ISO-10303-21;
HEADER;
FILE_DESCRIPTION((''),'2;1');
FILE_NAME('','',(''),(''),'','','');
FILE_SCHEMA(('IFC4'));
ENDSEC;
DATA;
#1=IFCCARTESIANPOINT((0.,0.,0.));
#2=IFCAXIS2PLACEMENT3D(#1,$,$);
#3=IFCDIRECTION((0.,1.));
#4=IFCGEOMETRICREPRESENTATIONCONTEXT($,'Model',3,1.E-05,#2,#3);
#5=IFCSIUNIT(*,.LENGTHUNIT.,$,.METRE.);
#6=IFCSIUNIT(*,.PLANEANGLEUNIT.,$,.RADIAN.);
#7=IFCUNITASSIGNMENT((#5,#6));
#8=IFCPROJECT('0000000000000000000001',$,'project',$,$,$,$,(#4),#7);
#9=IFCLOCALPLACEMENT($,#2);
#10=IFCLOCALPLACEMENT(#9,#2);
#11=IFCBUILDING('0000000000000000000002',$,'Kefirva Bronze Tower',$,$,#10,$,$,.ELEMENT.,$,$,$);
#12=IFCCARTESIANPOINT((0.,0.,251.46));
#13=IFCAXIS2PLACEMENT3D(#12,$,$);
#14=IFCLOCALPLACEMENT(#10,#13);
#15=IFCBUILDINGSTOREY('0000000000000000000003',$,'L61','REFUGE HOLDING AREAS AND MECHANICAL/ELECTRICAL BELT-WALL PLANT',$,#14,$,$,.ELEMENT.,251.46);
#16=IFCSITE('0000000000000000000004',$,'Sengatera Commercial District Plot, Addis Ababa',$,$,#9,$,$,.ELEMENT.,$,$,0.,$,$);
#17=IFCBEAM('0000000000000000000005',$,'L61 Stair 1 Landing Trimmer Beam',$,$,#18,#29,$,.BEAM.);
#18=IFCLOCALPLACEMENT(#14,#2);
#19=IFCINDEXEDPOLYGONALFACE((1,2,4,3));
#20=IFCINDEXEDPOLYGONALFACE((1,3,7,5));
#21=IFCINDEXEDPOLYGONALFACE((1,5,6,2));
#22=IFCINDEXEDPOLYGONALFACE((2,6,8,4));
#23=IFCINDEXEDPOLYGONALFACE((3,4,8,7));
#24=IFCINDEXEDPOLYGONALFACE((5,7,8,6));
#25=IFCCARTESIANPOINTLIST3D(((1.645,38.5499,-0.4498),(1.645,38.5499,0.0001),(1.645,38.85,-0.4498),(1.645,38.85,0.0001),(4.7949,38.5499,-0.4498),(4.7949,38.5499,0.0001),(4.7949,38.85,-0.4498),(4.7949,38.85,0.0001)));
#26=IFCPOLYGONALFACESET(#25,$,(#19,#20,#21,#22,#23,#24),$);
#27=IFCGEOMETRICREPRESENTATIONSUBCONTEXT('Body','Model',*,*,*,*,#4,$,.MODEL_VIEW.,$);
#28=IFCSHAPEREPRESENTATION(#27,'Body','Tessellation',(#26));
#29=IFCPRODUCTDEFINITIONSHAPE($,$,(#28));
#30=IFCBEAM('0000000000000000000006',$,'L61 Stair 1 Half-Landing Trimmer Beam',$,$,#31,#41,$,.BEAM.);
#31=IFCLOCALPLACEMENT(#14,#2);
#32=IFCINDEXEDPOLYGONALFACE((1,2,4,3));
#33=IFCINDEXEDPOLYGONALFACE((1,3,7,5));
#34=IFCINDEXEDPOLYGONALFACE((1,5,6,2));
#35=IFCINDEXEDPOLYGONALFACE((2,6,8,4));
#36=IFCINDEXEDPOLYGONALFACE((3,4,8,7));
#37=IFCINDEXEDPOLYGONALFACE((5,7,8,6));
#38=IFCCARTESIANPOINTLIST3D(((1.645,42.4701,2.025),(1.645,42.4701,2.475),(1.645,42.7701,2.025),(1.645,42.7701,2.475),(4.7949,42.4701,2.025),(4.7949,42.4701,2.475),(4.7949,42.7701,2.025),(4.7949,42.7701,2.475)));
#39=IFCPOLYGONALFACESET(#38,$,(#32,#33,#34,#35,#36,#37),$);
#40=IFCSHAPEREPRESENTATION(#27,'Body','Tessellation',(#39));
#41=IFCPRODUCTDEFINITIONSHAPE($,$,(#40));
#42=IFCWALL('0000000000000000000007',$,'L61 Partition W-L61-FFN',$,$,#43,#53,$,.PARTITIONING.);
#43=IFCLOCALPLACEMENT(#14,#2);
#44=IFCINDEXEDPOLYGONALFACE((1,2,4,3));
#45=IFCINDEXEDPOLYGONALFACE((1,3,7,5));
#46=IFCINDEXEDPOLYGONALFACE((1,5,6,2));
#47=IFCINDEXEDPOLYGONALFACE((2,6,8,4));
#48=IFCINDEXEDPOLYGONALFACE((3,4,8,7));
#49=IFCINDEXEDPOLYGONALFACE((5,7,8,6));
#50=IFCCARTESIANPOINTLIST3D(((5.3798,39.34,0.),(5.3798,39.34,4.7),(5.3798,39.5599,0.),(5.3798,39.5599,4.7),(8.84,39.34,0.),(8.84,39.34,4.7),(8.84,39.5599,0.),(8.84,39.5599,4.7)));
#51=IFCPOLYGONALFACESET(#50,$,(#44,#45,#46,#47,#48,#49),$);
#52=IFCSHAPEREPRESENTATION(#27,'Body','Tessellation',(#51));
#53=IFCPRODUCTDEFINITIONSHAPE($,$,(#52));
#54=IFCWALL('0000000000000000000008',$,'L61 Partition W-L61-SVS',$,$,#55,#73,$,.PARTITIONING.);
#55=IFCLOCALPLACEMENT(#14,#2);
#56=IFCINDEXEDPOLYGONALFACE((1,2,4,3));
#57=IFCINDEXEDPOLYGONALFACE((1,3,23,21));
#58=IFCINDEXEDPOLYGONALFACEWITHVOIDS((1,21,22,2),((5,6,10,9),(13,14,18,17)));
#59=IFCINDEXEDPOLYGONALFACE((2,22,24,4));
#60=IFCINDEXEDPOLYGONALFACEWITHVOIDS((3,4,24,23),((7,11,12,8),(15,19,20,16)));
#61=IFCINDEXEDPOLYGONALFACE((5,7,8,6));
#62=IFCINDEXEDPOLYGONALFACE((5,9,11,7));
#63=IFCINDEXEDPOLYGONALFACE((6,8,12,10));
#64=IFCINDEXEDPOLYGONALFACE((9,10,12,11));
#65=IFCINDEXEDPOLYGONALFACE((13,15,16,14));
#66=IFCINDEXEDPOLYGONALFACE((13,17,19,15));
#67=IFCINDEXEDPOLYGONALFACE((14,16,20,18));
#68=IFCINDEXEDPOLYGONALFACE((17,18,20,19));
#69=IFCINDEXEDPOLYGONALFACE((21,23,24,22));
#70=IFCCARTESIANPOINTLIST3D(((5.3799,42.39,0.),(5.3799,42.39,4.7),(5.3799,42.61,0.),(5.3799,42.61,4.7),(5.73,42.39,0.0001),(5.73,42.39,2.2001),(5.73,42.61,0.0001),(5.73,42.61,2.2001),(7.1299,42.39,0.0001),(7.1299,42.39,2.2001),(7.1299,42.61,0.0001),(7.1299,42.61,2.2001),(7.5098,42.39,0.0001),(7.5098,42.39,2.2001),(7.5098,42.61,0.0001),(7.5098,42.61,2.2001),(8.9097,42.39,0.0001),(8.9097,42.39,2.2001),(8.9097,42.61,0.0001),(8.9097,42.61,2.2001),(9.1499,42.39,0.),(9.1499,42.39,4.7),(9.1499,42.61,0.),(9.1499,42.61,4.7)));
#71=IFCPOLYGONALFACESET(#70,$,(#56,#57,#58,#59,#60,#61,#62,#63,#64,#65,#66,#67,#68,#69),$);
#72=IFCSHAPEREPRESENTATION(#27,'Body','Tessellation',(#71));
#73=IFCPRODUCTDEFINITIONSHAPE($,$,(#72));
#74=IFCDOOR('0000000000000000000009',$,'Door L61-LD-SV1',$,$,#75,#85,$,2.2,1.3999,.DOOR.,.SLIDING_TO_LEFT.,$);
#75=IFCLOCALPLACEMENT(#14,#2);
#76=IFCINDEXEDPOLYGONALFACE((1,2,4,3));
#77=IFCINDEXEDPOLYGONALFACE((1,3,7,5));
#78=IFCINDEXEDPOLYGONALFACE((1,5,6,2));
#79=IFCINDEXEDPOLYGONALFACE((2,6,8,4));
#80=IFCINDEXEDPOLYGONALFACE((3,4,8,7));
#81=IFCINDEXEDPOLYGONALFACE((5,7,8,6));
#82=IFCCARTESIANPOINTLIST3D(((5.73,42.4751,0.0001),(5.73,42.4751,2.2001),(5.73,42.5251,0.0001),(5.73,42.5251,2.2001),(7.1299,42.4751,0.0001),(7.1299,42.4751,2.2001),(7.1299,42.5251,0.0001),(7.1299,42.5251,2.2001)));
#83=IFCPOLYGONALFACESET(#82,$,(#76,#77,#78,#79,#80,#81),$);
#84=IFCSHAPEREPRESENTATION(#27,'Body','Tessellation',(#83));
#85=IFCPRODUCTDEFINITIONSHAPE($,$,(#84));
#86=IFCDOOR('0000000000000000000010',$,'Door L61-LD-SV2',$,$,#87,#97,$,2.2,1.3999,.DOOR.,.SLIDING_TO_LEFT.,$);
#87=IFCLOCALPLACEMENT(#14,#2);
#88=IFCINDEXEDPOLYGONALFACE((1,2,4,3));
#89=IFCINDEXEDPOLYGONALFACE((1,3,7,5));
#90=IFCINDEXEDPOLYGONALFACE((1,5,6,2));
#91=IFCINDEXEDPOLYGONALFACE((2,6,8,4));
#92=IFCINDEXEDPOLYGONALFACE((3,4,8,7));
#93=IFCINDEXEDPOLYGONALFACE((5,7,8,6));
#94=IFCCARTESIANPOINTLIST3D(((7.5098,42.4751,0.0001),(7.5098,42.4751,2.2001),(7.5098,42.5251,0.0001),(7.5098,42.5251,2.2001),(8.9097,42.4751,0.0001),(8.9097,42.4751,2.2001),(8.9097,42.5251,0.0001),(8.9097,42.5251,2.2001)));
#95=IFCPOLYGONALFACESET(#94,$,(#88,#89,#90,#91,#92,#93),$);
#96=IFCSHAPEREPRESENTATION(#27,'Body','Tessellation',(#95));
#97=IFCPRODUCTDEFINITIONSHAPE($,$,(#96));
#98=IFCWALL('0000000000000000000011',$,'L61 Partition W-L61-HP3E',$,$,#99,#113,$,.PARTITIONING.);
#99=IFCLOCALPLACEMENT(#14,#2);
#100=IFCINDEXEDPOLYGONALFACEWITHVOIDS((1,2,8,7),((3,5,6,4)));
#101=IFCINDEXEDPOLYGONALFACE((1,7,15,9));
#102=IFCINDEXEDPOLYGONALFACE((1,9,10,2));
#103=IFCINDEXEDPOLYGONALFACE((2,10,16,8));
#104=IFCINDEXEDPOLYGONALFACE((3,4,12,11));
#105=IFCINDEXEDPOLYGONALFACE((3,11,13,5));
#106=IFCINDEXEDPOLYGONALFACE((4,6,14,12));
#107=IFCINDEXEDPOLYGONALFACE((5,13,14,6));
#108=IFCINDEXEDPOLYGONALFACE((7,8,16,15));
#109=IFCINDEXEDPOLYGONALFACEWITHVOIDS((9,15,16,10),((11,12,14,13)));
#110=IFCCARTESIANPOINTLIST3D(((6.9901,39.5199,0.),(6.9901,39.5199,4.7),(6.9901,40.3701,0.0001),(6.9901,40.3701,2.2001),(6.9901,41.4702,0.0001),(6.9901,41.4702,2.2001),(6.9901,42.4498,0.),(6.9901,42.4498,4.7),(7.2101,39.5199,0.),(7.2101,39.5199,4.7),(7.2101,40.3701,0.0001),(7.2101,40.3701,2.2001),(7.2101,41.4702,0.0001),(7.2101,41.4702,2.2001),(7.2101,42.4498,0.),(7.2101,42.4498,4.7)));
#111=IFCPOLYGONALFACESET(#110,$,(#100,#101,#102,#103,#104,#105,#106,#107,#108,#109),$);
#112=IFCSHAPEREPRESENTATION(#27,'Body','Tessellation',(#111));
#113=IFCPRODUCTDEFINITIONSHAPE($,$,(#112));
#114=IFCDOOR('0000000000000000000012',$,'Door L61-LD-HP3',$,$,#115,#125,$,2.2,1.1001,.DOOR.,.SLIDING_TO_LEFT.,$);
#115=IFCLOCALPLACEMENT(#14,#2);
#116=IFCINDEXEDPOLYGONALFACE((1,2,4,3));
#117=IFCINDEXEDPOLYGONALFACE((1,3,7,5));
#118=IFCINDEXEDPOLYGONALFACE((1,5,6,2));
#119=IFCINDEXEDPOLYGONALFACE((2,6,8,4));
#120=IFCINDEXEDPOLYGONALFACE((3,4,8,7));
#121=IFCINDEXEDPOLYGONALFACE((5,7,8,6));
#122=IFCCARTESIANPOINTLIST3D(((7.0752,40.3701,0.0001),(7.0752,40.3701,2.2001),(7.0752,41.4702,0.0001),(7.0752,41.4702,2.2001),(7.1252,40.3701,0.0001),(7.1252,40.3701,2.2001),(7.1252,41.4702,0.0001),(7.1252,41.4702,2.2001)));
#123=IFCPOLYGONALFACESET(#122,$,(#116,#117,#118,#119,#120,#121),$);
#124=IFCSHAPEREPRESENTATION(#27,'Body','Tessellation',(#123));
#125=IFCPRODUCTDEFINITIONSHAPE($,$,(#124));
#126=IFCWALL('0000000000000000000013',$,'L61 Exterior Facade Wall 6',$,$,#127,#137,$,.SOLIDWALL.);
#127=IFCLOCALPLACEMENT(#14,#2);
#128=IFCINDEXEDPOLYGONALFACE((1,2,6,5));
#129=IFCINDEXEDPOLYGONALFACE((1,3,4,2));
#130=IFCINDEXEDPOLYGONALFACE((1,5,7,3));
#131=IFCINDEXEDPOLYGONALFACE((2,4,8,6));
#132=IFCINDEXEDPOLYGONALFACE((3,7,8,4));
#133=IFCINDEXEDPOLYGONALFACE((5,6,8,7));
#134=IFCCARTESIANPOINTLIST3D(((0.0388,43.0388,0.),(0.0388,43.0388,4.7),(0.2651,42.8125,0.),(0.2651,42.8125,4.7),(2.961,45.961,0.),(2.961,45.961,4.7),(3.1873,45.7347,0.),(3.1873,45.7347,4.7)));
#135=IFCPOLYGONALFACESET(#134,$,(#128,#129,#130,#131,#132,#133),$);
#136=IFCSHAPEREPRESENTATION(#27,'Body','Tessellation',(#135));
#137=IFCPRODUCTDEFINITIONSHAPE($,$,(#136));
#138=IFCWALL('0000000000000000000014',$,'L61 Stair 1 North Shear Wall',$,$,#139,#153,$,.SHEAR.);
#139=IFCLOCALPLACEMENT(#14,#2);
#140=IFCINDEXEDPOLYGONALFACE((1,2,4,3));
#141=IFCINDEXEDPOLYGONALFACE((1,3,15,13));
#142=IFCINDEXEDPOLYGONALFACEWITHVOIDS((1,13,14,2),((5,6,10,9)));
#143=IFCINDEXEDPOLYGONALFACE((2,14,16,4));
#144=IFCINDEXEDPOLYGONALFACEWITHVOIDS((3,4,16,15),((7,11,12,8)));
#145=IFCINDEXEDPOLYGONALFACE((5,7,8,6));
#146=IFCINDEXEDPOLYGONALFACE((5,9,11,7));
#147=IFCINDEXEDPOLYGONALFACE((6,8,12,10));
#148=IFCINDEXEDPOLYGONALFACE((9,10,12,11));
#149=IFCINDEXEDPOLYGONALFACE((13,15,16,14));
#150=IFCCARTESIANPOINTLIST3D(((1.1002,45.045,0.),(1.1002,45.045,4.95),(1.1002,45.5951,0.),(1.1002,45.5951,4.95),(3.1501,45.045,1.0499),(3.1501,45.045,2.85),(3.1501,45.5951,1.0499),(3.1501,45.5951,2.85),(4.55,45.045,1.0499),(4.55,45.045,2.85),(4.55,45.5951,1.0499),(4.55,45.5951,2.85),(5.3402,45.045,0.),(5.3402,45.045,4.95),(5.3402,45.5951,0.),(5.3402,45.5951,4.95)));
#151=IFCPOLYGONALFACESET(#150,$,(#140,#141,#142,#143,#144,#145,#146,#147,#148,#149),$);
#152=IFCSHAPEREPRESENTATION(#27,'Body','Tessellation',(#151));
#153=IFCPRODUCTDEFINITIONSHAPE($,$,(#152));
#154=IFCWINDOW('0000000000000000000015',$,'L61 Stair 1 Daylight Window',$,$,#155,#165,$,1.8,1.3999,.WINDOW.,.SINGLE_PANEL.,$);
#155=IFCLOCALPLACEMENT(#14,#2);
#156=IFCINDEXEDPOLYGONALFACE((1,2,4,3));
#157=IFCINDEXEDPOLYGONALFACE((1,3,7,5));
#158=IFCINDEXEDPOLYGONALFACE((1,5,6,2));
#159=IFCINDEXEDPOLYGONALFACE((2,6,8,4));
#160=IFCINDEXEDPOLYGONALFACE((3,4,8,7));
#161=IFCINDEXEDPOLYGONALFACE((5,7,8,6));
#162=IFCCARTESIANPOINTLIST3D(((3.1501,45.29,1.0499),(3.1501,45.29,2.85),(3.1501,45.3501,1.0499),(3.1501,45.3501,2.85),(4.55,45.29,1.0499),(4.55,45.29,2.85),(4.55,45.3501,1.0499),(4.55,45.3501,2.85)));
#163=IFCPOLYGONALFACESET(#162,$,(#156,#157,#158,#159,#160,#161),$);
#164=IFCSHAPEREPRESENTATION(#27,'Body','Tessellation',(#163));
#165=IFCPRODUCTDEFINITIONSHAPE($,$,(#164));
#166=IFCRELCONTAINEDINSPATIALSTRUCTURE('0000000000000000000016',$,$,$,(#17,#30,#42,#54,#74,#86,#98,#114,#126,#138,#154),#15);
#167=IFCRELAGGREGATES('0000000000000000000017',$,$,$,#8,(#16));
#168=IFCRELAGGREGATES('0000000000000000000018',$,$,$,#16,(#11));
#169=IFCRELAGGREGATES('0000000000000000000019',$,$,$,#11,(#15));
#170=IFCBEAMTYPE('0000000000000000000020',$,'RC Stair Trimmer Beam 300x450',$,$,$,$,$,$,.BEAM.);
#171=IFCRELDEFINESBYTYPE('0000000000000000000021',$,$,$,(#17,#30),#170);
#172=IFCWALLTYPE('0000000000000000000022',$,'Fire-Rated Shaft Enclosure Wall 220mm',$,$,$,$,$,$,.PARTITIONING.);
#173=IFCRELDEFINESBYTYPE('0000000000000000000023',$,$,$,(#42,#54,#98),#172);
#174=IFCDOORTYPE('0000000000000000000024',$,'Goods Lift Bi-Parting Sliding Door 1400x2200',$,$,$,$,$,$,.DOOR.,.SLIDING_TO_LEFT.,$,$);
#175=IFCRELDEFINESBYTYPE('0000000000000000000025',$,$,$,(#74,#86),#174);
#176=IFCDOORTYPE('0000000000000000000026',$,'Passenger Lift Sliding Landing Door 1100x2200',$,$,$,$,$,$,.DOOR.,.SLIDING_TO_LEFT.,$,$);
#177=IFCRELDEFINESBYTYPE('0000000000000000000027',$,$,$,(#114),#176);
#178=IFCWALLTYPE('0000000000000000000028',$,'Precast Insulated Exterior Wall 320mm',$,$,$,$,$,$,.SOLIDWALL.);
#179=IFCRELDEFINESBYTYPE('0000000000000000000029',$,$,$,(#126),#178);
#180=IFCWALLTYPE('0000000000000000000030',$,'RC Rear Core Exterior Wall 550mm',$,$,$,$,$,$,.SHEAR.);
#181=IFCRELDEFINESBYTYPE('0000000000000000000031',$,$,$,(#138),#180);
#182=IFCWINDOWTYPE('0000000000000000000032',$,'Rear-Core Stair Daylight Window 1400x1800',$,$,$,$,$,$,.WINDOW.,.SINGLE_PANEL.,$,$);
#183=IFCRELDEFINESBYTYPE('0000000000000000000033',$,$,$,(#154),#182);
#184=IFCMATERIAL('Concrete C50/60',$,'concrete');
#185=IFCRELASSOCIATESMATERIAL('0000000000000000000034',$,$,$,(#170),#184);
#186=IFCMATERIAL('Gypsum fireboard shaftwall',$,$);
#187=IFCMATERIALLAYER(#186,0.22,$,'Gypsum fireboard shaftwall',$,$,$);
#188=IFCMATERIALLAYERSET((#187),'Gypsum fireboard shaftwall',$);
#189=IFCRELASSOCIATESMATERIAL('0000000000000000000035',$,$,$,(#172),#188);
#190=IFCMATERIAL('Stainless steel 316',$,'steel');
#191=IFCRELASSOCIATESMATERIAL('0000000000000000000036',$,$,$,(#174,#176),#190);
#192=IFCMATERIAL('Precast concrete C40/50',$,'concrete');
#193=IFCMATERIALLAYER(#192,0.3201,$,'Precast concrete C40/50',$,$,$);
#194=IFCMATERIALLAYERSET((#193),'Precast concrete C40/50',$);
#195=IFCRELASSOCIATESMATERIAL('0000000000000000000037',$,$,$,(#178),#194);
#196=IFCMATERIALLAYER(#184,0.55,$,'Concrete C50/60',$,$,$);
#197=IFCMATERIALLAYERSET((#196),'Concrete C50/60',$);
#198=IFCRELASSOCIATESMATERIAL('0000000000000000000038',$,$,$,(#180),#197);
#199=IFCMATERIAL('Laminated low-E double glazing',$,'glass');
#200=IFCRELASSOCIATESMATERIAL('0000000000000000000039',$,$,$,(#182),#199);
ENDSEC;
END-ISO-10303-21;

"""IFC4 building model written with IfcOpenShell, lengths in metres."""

from ifc_helpers import new_model, si_unit, direction, frame, frame_2d, origin, origin_2d, place, context, subcontext, project, spatial, rectangle, extrude, material, layer, layer_set, material_profile, profile_set, type_object, element, fill, save


model = new_model("IFC4")

# Units and contexts
model_context = context("Model", 3, precision=1e-05, world=origin(), true_north=direction((0.0, 1.0)))
body_context = subcontext(model_context, "Body", "Model", "MODEL_VIEW")
ifc_project = project(units=[si_unit("LENGTHUNIT", "METRE"), si_unit("PLANEANGLEUNIT", "RADIAN")], contexts=[model_context])

# Site, building, storey
site_placement = place(None, origin())
site = spatial("IfcSite", under=ifc_project, at=site_placement, Name="Sengatera Commercial District Plot, Addis Ababa", CompositionType="ELEMENT", RefElevation=0.0)
building_placement = place(site_placement, origin())
building = spatial("IfcBuilding", under=site, at=building_placement, Name="Kefirva Bronze Tower", CompositionType="ELEMENT")
storey_placement = place(building_placement, frame((0.0, 0.0, 251.46)))
storey = spatial("IfcBuildingStorey", under=building, at=storey_placement, Name="L61", Description="REFUGE HOLDING AREAS AND MECHANICAL/ELECTRICAL BELT-WALL PLANT", CompositionType="ELEMENT", Elevation=251.46)

# Beams
ifc_material_1 = material(Name="Concrete C50/60", Category="concrete")
ifc_material_profile = material_profile(ifc_material_1, rectangle(XDim=0.3, YDim=0.45, at=origin_2d()), Name="RC 300x450")
ifc_profile_set = profile_set([ifc_material_profile], Name="Concrete C50/60")
beam_type = type_object("IfcBeamType", Name="RC Stair Trimmer Beam 300x450", PredefinedType="BEAM", material=ifc_profile_set)
for number, where, z_axis, x_axis, name in (
    (1, (1.645, 38.7, -0.2249), (1.0, 0.0, 0.0), (0.0, 1.0, 0.0), "L61 Stair 1 Landing Trimmer Beam"),
    (2, (1.645, 42.6201, 2.25), (1.0, 0.0, 0.0), (0.0, 1.0, 0.0), "L61 Stair 1 Half-Landing Trimmer Beam"),
):
    element("IfcBeam", number, at=place(storey_placement, frame(where, z_axis=z_axis, x_axis=x_axis)), inside=storey, type_object=beam_type, Name=name, PredefinedType="BEAM", context=body_context, shape_type="SweptSolid", body=[
        extrude(rectangle(XDim=0.3, YDim=0.45, at=origin_2d()), origin(), (0.0, 0.0, 1.0), 3.1499),
    ])

# Wall
ifc_material_2 = material(Name="Gypsum fireboard shaftwall")
ifc_layer_1 = layer(ifc_material_2, 0.22, Name="Gypsum fireboard shaftwall")
ifc_layer_set_1 = layer_set([ifc_layer_1], Name="Gypsum fireboard shaftwall")
wall_type_1 = type_object("IfcWallType", Name="Fire-Rated Shaft Enclosure Wall 220mm", PredefinedType="PARTITIONING", material=ifc_layer_set_1)
wall_1_placement = place(storey_placement, frame((5.3799, 39.45, 0.0), z_axis=(0.0, 0.0, 1.0), x_axis=(1.0, 0.0, 0.0)))
element("IfcWall", 3, at=wall_1_placement, inside=storey, type_object=wall_type_1, Name="L61 Partition W-L61-FFN", PredefinedType="PARTITIONING", context=body_context, shape_type="SweptSolid", body=[
    extrude(rectangle(XDim=3.4602, YDim=0.22, at=frame_2d((1.73, 0.0))), origin(), (0.0, 0.0, 1.0), 4.7),
])

# Wall, openings, doors
wall_2_placement = place(storey_placement, frame((5.3799, 42.5, 0.0), z_axis=(0.0, 0.0, 1.0), x_axis=(1.0, 0.0, 0.0)))
wall_2 = element("IfcWall", 4, at=wall_2_placement, inside=storey, type_object=wall_type_1, Name="L61 Partition W-L61-SVS", PredefinedType="PARTITIONING", context=body_context, shape_type="SweptSolid", body=[
    extrude(rectangle(XDim=3.77, YDim=0.22, at=frame_2d((1.885, 0.0))), origin(), (0.0, 0.0, 1.0), 4.7),
])
opening_1_placement = place(wall_2_placement, frame((1.75, 0.0, 0.0), z_axis=(0.0, 0.0, 1.0), x_axis=(-1.0, 0.0, 0.0)))
opening_1 = element("IfcOpeningElement", 5, at=opening_1_placement, cuts=wall_2, PredefinedType="OPENING", context=body_context, shape_type="SweptSolid", body=[
    extrude(rectangle(XDim=1.3999, YDim=2.2, at=frame_2d((0.7, 1.1001))), frame((0.0, 0.1201, 0.0), z_axis=(0.0, -1.0, 0.0), x_axis=(1.0, 0.0, 0.0)), (0.0, 0.0, 1.0), 0.24),
])
opening_2_placement = place(wall_2_placement, frame((3.5298, 0.0, 0.0), z_axis=(0.0, 0.0, 1.0), x_axis=(-1.0, 0.0, 0.0)))
opening_2 = element("IfcOpeningElement", 6, at=opening_2_placement, cuts=wall_2, PredefinedType="OPENING", context=body_context, shape_type="SweptSolid", body=[
    extrude(rectangle(XDim=1.3999, YDim=2.2, at=frame_2d((0.7, 1.1001))), frame((0.0, 0.1201, 0.0), z_axis=(0.0, -1.0, 0.0), x_axis=(1.0, 0.0, 0.0)), (0.0, 0.0, 1.0), 0.24),
])
ifc_material_3 = material(Name="Stainless steel 316", Category="steel")
door_type_1 = type_object("IfcDoorType", Name="Goods Lift Bi-Parting Sliding Door 1400x2200", OperationType="SLIDING_TO_LEFT", PredefinedType="DOOR", material=ifc_material_3)
door_1_placement = place(opening_1_placement, origin())
door_1 = element("IfcDoor", 7, at=door_1_placement, inside=storey, type_object=door_type_1, Name="Door L61-LD-SV1", OperationType="SLIDING_TO_LEFT", OverallHeight=2.2, OverallWidth=1.3999, PredefinedType="DOOR", context=body_context, shape_type="SweptSolid", body=[
    extrude(rectangle(XDim=1.3999, YDim=2.2, at=frame_2d((0.7, 1.1001))), frame((0.0, 0.0249, 0.0), z_axis=(0.0, -1.0, 0.0), x_axis=(1.0, 0.0, 0.0)), (0.0, 0.0, 1.0), 0.05),
])
fill(opening_1, door_1)
door_2_placement = place(opening_2_placement, origin())
door_2 = element("IfcDoor", 8, at=door_2_placement, inside=storey, type_object=door_type_1, Name="Door L61-LD-SV2", OperationType="SLIDING_TO_LEFT", OverallHeight=2.2, OverallWidth=1.3999, PredefinedType="DOOR", context=body_context, shape_type="SweptSolid", body=[
    extrude(rectangle(XDim=1.3999, YDim=2.2, at=frame_2d((0.7, 1.1001))), frame((0.0, 0.0249, 0.0), z_axis=(0.0, -1.0, 0.0), x_axis=(1.0, 0.0, 0.0)), (0.0, 0.0, 1.0), 0.05),
])
fill(opening_2, door_2)

# Wall, opening, door
wall_3_placement = place(storey_placement, frame((7.1001, 39.52, 0.0), z_axis=(0.0, 0.0, 1.0), x_axis=(0.0, 1.0, 0.0)))
wall_3 = element("IfcWall", 9, at=wall_3_placement, inside=storey, type_object=wall_type_1, Name="L61 Partition W-L61-HP3E", PredefinedType="PARTITIONING", context=body_context, shape_type="SweptSolid", body=[
    extrude(rectangle(XDim=2.9299, YDim=0.22, at=frame_2d((1.4648, 0.0))), origin(), (0.0, 0.0, 1.0), 4.7),
])
opening_3_placement = place(wall_3_placement, frame((0.8501, 0.0, 0.0)))
opening_3 = element("IfcOpeningElement", 10, at=opening_3_placement, cuts=wall_3, PredefinedType="OPENING", context=body_context, shape_type="SweptSolid", body=[
    extrude(rectangle(XDim=1.1001, YDim=2.2, at=frame_2d((0.55, 1.1001))), frame((0.0, 0.1201, 0.0), z_axis=(0.0, -1.0, 0.0), x_axis=(1.0, 0.0, 0.0)), (0.0, 0.0, 1.0), 0.24),
])
door_type_2 = type_object("IfcDoorType", Name="Passenger Lift Sliding Landing Door 1100x2200", OperationType="SLIDING_TO_LEFT", PredefinedType="DOOR", material=ifc_material_3)
door_3_placement = place(opening_3_placement, origin())
door_3 = element("IfcDoor", 11, at=door_3_placement, inside=storey, type_object=door_type_2, Name="Door L61-LD-HP3", OperationType="SLIDING_TO_LEFT", OverallHeight=2.2, OverallWidth=1.1001, PredefinedType="DOOR", context=body_context, shape_type="SweptSolid", body=[
    extrude(rectangle(XDim=1.1001, YDim=2.2, at=frame_2d((0.55, 1.1001))), frame((0.0, 0.0249, 0.0), z_axis=(0.0, -1.0, 0.0), x_axis=(1.0, 0.0, 0.0)), (0.0, 0.0, 1.0), 0.05),
])
fill(opening_3, door_3)

# Wall
ifc_material_4 = material(Name="Precast concrete C40/50", Category="concrete")
ifc_layer_2 = layer(ifc_material_4, 0.3201, Name="Precast concrete C40/50")
ifc_layer_set_2 = layer_set([ifc_layer_2], Name="Precast concrete C40/50")
wall_type_2 = type_object("IfcWallType", Name="Precast Insulated Exterior Wall 320mm", PredefinedType="SOLIDWALL", material=ifc_layer_set_2)
wall_4_placement = place(storey_placement, frame((3.0742, 45.8479, 0.0), z_axis=(0.0, 0.0, 1.0), x_axis=(-0.707107, -0.707107, 0.0)))
element("IfcWall", 12, at=wall_4_placement, inside=storey, type_object=wall_type_2, Name="L61 Exterior Facade Wall 6", PredefinedType="SOLIDWALL", context=body_context, shape_type="SweptSolid", body=[
    extrude(rectangle(XDim=4.1326, YDim=0.3201, at=frame_2d((2.0664, 0.0))), origin(), (0.0, 0.0, 1.0), 4.7),
])

# Wall, opening, window
ifc_layer_3 = layer(ifc_material_1, 0.55, Name="Concrete C50/60")
ifc_layer_set_3 = layer_set([ifc_layer_3], Name="Concrete C50/60")
wall_type_3 = type_object("IfcWallType", Name="RC Rear Core Exterior Wall 550mm", PredefinedType="SHEAR", material=ifc_layer_set_3)
wall_5_placement = place(storey_placement, frame((1.1001, 45.3201, 0.0), z_axis=(0.0, 0.0, 1.0), x_axis=(1.0, 0.0, 0.0)))
wall_5 = element("IfcWall", 13, at=wall_5_placement, inside=storey, type_object=wall_type_3, Name="L61 Stair 1 North Shear Wall", PredefinedType="SHEAR", context=body_context, shape_type="SweptSolid", body=[
    extrude(rectangle(XDim=4.24, YDim=0.55, at=frame_2d((2.1201, 0.0))), origin(), (0.0, 0.0, 1.0), 4.95),
])
opening_4_placement = place(wall_5_placement, frame((2.05, 0.0, 1.05)))
opening_4 = element("IfcOpeningElement", 14, at=opening_4_placement, cuts=wall_5, PredefinedType="OPENING", context=body_context, shape_type="SweptSolid", body=[
    extrude(rectangle(XDim=1.3999, YDim=1.8, at=frame_2d((0.7, 0.8999))), frame((0.0, 0.2852, 0.0), z_axis=(0.0, -1.0, 0.0), x_axis=(1.0, 0.0, 0.0)), (0.0, 0.0, 1.0), 0.5701),
])
ifc_material_5 = material(Name="Laminated low-E double glazing", Category="glass")
window_type = type_object("IfcWindowType", Name="Rear-Core Stair Daylight Window 1400x1800", PartitioningType="SINGLE_PANEL", PredefinedType="WINDOW", material=ifc_material_5)
window_placement = place(opening_4_placement, origin())
window = element("IfcWindow", 15, at=window_placement, inside=storey, type_object=window_type, Name="L61 Stair 1 Daylight Window", OverallHeight=1.8, OverallWidth=1.3999, PartitioningType="SINGLE_PANEL", PredefinedType="WINDOW", context=body_context, shape_type="SweptSolid", body=[
    extrude(rectangle(XDim=1.3999, YDim=1.8, at=frame_2d((0.7, 0.8999))), frame((0.0, 0.03, 0.0), z_axis=(0.0, -1.0, 0.0), x_axis=(1.0, 0.0, 0.0)), (0.0, 0.0, 1.0), 0.0601),
])
fill(opening_4, window)

save(model, "model.ifc")
